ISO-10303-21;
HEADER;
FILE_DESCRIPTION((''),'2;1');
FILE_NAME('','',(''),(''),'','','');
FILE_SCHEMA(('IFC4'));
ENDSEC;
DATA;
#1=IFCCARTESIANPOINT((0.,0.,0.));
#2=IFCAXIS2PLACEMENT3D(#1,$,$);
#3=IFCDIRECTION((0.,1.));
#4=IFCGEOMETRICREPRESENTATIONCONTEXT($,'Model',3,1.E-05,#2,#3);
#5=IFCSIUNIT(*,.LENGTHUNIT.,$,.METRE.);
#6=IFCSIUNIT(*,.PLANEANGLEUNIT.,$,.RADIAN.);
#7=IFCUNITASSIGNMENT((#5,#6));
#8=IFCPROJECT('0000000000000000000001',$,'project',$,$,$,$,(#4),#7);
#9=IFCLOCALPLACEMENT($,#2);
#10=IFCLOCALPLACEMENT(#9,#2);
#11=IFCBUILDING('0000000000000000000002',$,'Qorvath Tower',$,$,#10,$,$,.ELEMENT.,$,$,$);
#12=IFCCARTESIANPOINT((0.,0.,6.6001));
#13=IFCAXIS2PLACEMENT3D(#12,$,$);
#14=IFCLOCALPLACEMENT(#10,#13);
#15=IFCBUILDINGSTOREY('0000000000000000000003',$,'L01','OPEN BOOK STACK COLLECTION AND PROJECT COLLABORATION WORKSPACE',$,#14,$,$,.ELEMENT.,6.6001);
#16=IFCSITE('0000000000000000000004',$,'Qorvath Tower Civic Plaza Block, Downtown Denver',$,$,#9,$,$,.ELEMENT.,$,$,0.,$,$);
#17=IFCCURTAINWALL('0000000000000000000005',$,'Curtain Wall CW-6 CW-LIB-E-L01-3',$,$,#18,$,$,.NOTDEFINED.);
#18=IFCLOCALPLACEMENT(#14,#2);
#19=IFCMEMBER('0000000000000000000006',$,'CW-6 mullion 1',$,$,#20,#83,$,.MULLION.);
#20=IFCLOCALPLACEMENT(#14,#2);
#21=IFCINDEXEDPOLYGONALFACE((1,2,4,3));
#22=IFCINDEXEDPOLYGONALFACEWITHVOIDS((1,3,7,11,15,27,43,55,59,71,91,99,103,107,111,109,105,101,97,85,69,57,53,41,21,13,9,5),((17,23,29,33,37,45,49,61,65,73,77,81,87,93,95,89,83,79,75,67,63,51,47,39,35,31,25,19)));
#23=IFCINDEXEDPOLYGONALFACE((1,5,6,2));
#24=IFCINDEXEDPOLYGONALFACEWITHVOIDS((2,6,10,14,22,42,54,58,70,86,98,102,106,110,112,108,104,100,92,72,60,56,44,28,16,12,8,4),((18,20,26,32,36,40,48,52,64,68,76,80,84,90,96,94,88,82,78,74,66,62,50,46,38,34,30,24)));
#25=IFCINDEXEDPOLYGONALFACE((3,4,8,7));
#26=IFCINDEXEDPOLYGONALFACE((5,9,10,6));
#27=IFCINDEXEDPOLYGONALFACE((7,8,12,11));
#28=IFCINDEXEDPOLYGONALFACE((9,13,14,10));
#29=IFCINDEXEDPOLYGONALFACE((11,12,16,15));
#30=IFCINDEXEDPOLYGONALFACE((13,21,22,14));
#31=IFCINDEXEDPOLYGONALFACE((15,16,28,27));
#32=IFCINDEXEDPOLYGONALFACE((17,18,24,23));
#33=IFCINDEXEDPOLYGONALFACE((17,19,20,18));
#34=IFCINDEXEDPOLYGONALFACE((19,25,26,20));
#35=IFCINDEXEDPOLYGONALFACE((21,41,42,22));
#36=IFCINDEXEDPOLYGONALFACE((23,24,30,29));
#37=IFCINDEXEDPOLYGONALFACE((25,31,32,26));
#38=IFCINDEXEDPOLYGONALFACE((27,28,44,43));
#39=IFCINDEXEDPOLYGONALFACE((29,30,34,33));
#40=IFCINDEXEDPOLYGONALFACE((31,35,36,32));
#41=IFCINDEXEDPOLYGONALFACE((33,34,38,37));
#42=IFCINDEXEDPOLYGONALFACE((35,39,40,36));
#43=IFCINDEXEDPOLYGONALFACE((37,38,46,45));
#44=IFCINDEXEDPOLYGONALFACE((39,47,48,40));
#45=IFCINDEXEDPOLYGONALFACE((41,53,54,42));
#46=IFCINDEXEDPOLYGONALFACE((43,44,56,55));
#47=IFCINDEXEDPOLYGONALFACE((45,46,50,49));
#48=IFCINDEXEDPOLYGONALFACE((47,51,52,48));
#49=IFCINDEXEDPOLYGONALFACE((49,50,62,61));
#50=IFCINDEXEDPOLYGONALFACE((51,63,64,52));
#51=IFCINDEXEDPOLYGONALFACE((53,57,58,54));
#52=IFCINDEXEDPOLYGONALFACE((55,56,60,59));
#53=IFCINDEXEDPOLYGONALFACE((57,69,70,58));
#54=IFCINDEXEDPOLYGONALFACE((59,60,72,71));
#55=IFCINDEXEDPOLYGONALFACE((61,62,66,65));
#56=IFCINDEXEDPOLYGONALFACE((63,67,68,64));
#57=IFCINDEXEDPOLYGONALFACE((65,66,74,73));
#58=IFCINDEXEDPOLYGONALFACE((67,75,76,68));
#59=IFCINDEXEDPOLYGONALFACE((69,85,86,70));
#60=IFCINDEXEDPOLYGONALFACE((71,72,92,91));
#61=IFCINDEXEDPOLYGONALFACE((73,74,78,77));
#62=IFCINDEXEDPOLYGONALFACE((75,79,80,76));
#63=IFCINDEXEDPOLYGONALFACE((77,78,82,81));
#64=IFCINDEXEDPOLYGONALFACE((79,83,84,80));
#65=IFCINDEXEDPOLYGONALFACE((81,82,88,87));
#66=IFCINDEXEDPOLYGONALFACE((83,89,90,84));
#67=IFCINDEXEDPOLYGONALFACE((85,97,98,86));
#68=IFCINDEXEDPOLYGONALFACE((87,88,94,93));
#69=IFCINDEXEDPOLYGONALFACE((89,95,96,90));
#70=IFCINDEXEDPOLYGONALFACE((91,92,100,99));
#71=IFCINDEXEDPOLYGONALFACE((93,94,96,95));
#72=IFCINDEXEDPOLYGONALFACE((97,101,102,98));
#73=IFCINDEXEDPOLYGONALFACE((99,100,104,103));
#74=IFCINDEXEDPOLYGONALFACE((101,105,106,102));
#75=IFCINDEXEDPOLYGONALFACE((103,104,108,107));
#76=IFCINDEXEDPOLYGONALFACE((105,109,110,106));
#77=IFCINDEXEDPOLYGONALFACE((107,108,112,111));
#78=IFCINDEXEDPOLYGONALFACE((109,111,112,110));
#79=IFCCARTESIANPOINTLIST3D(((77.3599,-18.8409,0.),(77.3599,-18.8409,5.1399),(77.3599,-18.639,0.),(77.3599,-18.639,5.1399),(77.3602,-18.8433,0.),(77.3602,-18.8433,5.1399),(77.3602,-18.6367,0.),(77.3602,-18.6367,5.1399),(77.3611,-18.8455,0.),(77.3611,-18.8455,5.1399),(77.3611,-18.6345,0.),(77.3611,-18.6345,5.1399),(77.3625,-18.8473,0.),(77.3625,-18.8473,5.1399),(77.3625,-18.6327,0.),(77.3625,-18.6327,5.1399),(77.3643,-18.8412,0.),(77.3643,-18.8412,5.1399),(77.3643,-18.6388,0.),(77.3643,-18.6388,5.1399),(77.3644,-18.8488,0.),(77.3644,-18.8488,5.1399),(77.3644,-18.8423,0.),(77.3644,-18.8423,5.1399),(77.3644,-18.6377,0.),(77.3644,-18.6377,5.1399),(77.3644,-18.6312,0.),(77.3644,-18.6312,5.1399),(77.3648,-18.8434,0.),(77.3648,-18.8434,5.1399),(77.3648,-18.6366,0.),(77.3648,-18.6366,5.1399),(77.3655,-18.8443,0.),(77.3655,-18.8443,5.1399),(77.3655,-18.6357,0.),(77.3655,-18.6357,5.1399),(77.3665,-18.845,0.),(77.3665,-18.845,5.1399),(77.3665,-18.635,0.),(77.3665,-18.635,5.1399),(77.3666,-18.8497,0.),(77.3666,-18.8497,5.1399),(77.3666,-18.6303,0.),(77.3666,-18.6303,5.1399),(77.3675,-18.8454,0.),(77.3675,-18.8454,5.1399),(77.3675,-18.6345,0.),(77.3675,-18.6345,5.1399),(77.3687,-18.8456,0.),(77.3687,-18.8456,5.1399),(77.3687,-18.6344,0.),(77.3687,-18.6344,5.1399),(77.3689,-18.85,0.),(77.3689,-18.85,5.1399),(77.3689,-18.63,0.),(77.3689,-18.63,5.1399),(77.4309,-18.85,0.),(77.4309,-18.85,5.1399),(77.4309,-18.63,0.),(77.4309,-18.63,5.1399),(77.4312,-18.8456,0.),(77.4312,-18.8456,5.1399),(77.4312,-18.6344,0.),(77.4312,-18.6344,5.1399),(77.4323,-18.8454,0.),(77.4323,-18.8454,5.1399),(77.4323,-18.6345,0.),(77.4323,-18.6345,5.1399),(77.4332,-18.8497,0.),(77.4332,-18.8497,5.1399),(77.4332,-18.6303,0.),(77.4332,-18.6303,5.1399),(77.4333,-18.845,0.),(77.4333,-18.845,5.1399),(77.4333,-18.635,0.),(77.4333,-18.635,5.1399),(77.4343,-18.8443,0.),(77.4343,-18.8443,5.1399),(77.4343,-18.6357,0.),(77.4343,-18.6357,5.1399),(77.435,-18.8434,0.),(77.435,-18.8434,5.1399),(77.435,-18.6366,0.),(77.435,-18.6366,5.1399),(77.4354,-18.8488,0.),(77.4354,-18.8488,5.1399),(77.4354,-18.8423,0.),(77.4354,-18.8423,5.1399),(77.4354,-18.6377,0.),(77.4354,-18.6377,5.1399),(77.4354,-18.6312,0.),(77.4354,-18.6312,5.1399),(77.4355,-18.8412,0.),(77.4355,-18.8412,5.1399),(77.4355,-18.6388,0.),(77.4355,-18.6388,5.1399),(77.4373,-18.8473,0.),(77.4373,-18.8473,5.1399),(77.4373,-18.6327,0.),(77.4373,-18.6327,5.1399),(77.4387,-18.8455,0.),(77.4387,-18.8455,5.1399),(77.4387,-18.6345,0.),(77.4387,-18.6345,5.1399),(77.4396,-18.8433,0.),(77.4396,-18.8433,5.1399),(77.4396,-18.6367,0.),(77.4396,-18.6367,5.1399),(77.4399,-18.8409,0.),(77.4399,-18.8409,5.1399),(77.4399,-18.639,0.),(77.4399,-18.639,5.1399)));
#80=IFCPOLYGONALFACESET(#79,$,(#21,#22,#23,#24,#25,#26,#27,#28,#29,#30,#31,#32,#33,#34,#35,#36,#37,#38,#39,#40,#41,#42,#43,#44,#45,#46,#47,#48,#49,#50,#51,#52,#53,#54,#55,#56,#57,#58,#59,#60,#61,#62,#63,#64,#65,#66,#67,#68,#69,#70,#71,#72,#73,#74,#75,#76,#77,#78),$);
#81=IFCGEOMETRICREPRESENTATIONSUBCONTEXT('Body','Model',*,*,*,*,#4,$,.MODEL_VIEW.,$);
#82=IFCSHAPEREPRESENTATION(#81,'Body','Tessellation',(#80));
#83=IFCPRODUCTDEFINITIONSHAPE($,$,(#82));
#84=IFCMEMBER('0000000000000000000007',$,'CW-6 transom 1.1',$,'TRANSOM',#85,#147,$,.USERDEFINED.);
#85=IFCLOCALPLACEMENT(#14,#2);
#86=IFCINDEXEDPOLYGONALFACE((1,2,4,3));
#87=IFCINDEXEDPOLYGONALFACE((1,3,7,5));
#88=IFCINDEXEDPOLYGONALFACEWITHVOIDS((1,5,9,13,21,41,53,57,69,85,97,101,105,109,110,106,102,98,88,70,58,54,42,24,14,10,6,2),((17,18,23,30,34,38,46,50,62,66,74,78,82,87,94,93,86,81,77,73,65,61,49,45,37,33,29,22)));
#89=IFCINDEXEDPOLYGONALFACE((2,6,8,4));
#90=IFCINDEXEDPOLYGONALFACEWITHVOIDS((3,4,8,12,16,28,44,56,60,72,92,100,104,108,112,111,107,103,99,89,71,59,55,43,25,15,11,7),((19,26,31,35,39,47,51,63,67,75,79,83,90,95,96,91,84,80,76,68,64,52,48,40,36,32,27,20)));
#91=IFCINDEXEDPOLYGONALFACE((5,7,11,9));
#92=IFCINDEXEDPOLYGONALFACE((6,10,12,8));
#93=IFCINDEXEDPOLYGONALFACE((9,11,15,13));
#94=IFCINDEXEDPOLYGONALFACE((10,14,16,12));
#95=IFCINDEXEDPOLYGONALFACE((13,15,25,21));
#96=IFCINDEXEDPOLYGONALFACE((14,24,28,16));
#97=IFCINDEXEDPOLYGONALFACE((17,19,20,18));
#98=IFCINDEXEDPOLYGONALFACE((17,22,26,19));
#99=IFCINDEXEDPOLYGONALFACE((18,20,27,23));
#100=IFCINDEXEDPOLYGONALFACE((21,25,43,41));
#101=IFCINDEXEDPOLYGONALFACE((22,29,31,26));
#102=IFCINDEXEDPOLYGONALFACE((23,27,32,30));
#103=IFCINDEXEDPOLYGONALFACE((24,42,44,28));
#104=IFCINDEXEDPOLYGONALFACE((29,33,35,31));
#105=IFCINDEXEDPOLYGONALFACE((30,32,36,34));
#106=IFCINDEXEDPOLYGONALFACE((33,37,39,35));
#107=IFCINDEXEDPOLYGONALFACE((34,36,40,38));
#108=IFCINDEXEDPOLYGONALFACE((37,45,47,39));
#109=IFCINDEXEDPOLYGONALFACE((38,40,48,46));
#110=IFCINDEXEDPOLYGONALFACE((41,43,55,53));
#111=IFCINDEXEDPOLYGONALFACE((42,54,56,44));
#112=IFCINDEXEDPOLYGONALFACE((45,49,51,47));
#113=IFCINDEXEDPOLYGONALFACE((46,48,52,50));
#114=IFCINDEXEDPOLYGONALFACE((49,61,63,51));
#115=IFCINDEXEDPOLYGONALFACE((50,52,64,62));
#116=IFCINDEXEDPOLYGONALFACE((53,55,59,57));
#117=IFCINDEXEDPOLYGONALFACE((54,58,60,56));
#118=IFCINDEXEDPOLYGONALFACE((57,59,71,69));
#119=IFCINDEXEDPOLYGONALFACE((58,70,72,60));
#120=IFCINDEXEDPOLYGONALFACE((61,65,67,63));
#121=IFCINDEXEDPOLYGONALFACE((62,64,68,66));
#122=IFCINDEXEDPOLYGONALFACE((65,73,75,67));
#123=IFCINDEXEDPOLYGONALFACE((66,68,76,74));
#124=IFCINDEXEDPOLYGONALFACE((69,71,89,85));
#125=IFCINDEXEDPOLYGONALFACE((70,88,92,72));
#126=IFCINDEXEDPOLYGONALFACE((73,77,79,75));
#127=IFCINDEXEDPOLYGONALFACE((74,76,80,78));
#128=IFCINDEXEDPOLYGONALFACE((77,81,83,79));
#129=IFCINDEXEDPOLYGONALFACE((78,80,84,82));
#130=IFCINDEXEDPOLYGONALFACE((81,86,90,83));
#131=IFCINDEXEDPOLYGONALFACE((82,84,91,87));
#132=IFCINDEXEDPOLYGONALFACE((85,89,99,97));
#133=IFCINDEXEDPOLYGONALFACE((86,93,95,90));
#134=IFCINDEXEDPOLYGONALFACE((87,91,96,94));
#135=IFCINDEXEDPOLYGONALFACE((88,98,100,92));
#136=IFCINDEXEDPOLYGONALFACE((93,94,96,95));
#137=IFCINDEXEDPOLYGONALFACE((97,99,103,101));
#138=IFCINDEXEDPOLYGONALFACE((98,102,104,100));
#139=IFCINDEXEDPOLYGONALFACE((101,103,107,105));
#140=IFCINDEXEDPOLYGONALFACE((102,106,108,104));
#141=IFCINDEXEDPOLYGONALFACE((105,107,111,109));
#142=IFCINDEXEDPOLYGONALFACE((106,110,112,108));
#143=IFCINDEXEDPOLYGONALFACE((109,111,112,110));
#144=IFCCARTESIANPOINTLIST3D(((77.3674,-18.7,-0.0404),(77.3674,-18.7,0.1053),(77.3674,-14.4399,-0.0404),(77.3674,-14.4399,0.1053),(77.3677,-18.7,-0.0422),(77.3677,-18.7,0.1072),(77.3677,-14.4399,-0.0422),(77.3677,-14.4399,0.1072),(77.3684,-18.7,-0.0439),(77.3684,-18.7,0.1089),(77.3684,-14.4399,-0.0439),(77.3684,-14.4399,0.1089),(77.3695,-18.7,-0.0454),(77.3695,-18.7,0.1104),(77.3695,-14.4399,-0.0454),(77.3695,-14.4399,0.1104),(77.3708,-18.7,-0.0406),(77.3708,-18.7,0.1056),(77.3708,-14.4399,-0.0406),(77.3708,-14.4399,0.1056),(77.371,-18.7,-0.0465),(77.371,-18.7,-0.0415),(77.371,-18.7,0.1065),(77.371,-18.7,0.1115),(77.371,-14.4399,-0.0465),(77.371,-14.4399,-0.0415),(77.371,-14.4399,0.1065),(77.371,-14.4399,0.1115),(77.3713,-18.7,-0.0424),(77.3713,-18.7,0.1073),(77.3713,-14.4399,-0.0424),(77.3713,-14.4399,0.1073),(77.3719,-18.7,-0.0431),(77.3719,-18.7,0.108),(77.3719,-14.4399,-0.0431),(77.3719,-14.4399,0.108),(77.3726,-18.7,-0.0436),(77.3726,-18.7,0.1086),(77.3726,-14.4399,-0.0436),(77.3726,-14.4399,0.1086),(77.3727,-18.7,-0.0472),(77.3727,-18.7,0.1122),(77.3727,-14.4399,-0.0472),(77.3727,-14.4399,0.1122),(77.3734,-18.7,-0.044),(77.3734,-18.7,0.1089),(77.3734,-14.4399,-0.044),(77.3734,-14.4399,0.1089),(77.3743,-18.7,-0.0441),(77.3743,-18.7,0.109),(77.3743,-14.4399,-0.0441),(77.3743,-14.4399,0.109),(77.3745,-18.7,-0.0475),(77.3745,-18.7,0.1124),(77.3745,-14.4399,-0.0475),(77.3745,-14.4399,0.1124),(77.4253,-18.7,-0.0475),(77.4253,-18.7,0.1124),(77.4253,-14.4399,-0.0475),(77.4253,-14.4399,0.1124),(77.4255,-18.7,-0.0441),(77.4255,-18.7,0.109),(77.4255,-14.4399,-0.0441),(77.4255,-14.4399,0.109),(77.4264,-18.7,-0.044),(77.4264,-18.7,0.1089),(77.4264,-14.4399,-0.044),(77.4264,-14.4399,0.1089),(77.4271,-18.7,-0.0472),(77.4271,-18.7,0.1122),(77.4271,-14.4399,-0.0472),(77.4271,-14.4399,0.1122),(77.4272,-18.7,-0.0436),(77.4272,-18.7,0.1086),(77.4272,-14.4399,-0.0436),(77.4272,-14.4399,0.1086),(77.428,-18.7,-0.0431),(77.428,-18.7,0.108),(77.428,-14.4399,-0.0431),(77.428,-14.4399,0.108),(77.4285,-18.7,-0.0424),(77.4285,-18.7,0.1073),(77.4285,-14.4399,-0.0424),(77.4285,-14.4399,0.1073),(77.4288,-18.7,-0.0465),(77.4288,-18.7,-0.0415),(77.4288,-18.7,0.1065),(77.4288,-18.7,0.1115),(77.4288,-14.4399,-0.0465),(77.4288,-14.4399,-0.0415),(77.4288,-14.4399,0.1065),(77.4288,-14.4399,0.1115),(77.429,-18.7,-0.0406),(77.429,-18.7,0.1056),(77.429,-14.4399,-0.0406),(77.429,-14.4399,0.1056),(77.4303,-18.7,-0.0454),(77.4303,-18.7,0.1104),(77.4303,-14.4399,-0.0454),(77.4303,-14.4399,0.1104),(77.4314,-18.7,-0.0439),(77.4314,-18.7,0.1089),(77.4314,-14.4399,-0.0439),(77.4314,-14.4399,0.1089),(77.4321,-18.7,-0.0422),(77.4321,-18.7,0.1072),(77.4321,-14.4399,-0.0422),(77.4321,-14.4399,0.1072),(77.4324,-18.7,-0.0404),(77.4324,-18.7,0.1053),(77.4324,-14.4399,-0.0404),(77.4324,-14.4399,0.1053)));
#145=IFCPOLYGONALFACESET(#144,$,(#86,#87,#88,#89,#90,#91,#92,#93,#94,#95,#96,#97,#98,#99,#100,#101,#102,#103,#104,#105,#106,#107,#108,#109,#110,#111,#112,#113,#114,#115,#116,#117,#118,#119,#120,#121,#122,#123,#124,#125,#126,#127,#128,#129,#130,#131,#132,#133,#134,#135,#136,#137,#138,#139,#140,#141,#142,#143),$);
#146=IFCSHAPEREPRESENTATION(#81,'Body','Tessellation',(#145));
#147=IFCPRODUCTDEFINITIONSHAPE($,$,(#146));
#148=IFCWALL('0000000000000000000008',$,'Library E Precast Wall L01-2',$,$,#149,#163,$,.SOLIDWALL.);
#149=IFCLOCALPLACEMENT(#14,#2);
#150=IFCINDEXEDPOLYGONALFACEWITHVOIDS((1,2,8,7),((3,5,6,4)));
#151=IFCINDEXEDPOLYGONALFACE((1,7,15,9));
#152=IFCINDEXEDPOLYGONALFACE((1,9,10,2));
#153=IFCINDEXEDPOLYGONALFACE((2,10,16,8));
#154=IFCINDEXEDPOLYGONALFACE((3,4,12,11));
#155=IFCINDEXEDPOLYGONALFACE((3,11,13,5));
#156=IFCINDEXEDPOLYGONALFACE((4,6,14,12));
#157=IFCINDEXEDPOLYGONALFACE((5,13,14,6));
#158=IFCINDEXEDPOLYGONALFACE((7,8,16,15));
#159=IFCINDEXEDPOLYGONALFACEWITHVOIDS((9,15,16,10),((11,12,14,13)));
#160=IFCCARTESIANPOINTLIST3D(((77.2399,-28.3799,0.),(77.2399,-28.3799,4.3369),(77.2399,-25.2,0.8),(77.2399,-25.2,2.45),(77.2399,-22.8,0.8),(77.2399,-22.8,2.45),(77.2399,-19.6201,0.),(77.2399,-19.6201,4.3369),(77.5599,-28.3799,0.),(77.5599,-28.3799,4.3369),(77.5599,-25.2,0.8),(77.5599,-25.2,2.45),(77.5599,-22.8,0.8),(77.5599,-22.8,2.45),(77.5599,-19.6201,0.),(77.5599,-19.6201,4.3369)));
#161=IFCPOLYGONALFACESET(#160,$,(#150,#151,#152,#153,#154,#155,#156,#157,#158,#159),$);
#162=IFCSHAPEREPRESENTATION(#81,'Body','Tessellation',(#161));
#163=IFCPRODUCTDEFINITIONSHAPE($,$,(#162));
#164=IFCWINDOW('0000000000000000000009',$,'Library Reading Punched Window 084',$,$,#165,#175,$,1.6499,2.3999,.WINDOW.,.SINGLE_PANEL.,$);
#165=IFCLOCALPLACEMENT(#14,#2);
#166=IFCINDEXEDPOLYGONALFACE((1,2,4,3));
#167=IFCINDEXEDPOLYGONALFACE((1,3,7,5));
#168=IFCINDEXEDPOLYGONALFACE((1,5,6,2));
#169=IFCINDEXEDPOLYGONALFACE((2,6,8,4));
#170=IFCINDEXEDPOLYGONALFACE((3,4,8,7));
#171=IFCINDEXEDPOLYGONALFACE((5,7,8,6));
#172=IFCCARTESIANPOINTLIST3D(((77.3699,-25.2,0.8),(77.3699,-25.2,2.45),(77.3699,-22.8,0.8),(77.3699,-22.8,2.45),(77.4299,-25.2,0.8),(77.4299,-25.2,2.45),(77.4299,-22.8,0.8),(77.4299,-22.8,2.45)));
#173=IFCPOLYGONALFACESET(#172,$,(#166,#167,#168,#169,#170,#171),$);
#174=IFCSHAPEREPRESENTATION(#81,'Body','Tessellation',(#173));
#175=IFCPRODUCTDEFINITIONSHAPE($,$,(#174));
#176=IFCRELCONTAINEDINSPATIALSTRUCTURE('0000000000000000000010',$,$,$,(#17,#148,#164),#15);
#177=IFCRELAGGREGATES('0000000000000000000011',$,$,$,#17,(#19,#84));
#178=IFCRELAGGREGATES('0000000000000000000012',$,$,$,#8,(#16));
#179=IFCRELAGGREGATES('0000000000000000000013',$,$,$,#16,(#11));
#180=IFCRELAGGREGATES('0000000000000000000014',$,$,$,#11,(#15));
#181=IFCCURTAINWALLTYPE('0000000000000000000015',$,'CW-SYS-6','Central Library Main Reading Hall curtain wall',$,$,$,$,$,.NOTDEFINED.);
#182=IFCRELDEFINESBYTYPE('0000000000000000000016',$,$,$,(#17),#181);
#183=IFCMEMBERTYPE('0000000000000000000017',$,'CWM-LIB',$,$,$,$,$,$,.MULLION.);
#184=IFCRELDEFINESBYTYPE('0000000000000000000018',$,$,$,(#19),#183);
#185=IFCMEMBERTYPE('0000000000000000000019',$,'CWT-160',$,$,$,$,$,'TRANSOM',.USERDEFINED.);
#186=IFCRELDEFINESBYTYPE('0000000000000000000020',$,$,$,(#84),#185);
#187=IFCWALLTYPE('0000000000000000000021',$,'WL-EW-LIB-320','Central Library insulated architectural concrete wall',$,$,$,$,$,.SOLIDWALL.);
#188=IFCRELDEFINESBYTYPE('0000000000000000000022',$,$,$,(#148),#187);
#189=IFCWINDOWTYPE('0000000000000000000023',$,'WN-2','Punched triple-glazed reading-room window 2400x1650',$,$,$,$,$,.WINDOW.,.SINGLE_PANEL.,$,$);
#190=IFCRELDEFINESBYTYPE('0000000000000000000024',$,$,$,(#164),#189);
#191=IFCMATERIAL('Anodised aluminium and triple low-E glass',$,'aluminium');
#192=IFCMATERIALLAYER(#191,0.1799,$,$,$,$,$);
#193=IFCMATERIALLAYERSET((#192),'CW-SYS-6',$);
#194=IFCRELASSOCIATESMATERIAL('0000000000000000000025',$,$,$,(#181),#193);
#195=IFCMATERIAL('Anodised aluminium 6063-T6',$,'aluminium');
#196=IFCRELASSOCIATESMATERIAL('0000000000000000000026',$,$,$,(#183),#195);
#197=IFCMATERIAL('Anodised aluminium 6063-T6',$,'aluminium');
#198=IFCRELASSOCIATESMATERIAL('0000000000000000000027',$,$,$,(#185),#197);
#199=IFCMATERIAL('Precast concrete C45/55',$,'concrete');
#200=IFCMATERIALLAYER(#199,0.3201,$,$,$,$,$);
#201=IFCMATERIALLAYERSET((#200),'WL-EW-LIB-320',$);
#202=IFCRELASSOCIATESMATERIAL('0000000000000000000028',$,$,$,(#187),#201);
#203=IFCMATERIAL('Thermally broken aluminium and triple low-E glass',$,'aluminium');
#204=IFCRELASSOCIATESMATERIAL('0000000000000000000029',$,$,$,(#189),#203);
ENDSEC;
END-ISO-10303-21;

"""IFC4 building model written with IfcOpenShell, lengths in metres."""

from ifc_helpers import new_model, si_unit, direction, frame, frame_2d, origin, origin_2d, place, context, subcontext, project, spatial, rectangle, hollow_rectangle, extrude, material, layer, layer_set, material_profile, profile_set, type_object, element, fill, aggregate, save


model = new_model("IFC4")

# Units and contexts
model_context = context("Model", 3, precision=1e-05, world=origin(), true_north=direction((0.0, 1.0)))
body_context = subcontext(model_context, "Body", "Model", "MODEL_VIEW")
ifc_project = project(units=[si_unit("LENGTHUNIT", "METRE"), si_unit("PLANEANGLEUNIT", "RADIAN")], contexts=[model_context])

# Site, building, storey
site_placement = place(None, origin())
site = spatial("IfcSite", under=ifc_project, at=site_placement, Name="Qorvath Tower Civic Plaza Block, Downtown Denver", CompositionType="ELEMENT", RefElevation=0.0)
building_placement = place(site_placement, origin())
building = spatial("IfcBuilding", under=site, at=building_placement, Name="Qorvath Tower", CompositionType="ELEMENT")
storey_placement = place(building_placement, frame((0.0, 0.0, 6.6001)))
storey = spatial("IfcBuildingStorey", under=building, at=storey_placement, Name="L01", Description="OPEN BOOK STACK COLLECTION AND PROJECT COLLABORATION WORKSPACE", CompositionType="ELEMENT", Elevation=6.6001)

# Curtain wall, members
ifc_material_1 = material(Name="Anodised aluminium and triple low-E glass", Category="aluminium")
ifc_layer_1 = layer(ifc_material_1, 0.1799)
ifc_layer_set_1 = layer_set([ifc_layer_1], Name="CW-SYS-6")
curtain_wall_type = type_object("IfcCurtainWallType", Name="CW-SYS-6", Description="Central Library Main Reading Hall curtain wall", PredefinedType="NOTDEFINED", material=ifc_layer_set_1)
curtain_wall_placement = place(storey_placement, origin())
curtain_wall = element("IfcCurtainWall", 1, at=curtain_wall_placement, inside=storey, type_object=curtain_wall_type, Name="Curtain Wall CW-6 CW-LIB-E-L01-3", PredefinedType="NOTDEFINED")
ifc_material_2 = material(Name="Anodised aluminium 6063-T6", Category="aluminium")
ifc_material_profile_1 = material_profile(ifc_material_2, hollow_rectangle(XDim=0.0801, YDim=0.22, WallThickness=0.0044, InnerFilletRadius=0.0044, OuterFilletRadius=0.009, at=origin_2d()), Name="CWM LIB 220x80")
ifc_profile_set_1 = profile_set([ifc_material_profile_1], Name="Anodised aluminium 6063-T6")
member_type_1 = type_object("IfcMemberType", Name="CWM-LIB", PredefinedType="MULLION", material=ifc_profile_set_1)
member_1_placement = place(storey_placement, frame((77.3999, -18.74, 0.0), z_axis=(0.0, 0.0, 1.0), x_axis=(-1.0, 0.0, 0.0)))
member_1 = element("IfcMember", 2, at=member_1_placement, type_object=member_type_1, Name="CW-6 mullion 1", PredefinedType="MULLION", context=body_context, shape_type="SweptSolid", body=[
    extrude(hollow_rectangle(XDim=0.0801, YDim=0.22, WallThickness=0.0044, InnerFilletRadius=0.0044, OuterFilletRadius=0.009, at=origin_2d()), origin(), (0.0, 0.0, 1.0), 5.1399),
])
ifc_material_3 = material(Name="Anodised aluminium 6063-T6", Category="aluminium")
ifc_material_profile_2 = material_profile(ifc_material_3, hollow_rectangle(XDim=0.0649, YDim=0.1599, WallThickness=0.0034, InnerFilletRadius=0.0034, OuterFilletRadius=0.0071, at=origin_2d()), Name="CWT 160x65")
ifc_profile_set_2 = profile_set([ifc_material_profile_2], Name="Anodised aluminium 6063-T6")
member_type_2 = type_object("IfcMemberType", Name="CWT-160", ElementType="TRANSOM", PredefinedType="USERDEFINED", material=ifc_profile_set_2)
member_2_placement = place(storey_placement, frame((77.3999, -18.7, 0.0325), z_axis=(0.0, 1.0, 0.0), x_axis=(-1.0, 0.0, 0.0)))
member_2 = element("IfcMember", 3, at=member_2_placement, type_object=member_type_2, Name="CW-6 transom 1.1", ObjectType="TRANSOM", PredefinedType="USERDEFINED", context=body_context, shape_type="SweptSolid", body=[
    extrude(hollow_rectangle(XDim=0.0649, YDim=0.1599, WallThickness=0.0034, InnerFilletRadius=0.0034, OuterFilletRadius=0.0071, at=origin_2d()), origin(), (0.0, 0.0, 1.0), 4.26),
])
aggregate(curtain_wall, [member_1, member_2])

# Wall, opening, window
ifc_material_4 = material(Name="Precast concrete C45/55", Category="concrete")
ifc_layer_2 = layer(ifc_material_4, 0.3201)
ifc_layer_set_2 = layer_set([ifc_layer_2], Name="WL-EW-LIB-320")
wall_type = type_object("IfcWallType", Name="WL-EW-LIB-320", Description="Central Library insulated architectural concrete wall", PredefinedType="SOLIDWALL", material=ifc_layer_set_2)
wall_placement = place(storey_placement, frame((77.3999, -19.6201, 0.0), z_axis=(0.0, 0.0, 1.0), x_axis=(0.0, -1.0, 0.0)))
wall = element("IfcWall", 4, at=wall_placement, inside=storey, type_object=wall_type, Name="Library E Precast Wall L01-2", PredefinedType="SOLIDWALL", context=body_context, shape_type="SweptSolid", body=[
    extrude(rectangle(XDim=8.7598, YDim=0.3201, at=frame_2d((4.3799, 0.0))), origin(), (0.0, 0.0, 1.0), 4.3369),
])
opening_placement = place(wall_placement, frame((3.1799, 0.0, 0.8)))
opening = element("IfcOpeningElement", 5, at=opening_placement, cuts=wall, PredefinedType="OPENING", context=body_context, shape_type="SweptSolid", body=[
    extrude(rectangle(XDim=2.3999, YDim=1.6499, at=frame_2d((1.2, 0.825))), frame((0.0, 0.1699, 0.0), z_axis=(0.0, -1.0, 0.0), x_axis=(1.0, 0.0, 0.0)), (0.0, 0.0, 1.0), 0.3401),
])
ifc_material_5 = material(Name="Thermally broken aluminium and triple low-E glass", Category="aluminium")
window_type = type_object("IfcWindowType", Name="WN-2", Description="Punched triple-glazed reading-room window 2400x1650", PartitioningType="SINGLE_PANEL", PredefinedType="WINDOW", material=ifc_material_5)
window_placement = place(opening_placement, origin())
window = element("IfcWindow", 6, at=window_placement, inside=storey, type_object=window_type, Name="Library Reading Punched Window 084", OverallHeight=1.6499, OverallWidth=2.3999, PartitioningType="SINGLE_PANEL", PredefinedType="WINDOW", context=body_context, shape_type="SweptSolid", body=[
    extrude(rectangle(XDim=2.3999, YDim=1.6499, at=frame_2d((1.2, 0.825))), frame((0.0, 0.03, 0.0), z_axis=(0.0, -1.0, 0.0), x_axis=(1.0, 0.0, 0.0)), (0.0, 0.0, 1.0), 0.0601),
])
fill(opening, window)

save(model, "model.ifc")
